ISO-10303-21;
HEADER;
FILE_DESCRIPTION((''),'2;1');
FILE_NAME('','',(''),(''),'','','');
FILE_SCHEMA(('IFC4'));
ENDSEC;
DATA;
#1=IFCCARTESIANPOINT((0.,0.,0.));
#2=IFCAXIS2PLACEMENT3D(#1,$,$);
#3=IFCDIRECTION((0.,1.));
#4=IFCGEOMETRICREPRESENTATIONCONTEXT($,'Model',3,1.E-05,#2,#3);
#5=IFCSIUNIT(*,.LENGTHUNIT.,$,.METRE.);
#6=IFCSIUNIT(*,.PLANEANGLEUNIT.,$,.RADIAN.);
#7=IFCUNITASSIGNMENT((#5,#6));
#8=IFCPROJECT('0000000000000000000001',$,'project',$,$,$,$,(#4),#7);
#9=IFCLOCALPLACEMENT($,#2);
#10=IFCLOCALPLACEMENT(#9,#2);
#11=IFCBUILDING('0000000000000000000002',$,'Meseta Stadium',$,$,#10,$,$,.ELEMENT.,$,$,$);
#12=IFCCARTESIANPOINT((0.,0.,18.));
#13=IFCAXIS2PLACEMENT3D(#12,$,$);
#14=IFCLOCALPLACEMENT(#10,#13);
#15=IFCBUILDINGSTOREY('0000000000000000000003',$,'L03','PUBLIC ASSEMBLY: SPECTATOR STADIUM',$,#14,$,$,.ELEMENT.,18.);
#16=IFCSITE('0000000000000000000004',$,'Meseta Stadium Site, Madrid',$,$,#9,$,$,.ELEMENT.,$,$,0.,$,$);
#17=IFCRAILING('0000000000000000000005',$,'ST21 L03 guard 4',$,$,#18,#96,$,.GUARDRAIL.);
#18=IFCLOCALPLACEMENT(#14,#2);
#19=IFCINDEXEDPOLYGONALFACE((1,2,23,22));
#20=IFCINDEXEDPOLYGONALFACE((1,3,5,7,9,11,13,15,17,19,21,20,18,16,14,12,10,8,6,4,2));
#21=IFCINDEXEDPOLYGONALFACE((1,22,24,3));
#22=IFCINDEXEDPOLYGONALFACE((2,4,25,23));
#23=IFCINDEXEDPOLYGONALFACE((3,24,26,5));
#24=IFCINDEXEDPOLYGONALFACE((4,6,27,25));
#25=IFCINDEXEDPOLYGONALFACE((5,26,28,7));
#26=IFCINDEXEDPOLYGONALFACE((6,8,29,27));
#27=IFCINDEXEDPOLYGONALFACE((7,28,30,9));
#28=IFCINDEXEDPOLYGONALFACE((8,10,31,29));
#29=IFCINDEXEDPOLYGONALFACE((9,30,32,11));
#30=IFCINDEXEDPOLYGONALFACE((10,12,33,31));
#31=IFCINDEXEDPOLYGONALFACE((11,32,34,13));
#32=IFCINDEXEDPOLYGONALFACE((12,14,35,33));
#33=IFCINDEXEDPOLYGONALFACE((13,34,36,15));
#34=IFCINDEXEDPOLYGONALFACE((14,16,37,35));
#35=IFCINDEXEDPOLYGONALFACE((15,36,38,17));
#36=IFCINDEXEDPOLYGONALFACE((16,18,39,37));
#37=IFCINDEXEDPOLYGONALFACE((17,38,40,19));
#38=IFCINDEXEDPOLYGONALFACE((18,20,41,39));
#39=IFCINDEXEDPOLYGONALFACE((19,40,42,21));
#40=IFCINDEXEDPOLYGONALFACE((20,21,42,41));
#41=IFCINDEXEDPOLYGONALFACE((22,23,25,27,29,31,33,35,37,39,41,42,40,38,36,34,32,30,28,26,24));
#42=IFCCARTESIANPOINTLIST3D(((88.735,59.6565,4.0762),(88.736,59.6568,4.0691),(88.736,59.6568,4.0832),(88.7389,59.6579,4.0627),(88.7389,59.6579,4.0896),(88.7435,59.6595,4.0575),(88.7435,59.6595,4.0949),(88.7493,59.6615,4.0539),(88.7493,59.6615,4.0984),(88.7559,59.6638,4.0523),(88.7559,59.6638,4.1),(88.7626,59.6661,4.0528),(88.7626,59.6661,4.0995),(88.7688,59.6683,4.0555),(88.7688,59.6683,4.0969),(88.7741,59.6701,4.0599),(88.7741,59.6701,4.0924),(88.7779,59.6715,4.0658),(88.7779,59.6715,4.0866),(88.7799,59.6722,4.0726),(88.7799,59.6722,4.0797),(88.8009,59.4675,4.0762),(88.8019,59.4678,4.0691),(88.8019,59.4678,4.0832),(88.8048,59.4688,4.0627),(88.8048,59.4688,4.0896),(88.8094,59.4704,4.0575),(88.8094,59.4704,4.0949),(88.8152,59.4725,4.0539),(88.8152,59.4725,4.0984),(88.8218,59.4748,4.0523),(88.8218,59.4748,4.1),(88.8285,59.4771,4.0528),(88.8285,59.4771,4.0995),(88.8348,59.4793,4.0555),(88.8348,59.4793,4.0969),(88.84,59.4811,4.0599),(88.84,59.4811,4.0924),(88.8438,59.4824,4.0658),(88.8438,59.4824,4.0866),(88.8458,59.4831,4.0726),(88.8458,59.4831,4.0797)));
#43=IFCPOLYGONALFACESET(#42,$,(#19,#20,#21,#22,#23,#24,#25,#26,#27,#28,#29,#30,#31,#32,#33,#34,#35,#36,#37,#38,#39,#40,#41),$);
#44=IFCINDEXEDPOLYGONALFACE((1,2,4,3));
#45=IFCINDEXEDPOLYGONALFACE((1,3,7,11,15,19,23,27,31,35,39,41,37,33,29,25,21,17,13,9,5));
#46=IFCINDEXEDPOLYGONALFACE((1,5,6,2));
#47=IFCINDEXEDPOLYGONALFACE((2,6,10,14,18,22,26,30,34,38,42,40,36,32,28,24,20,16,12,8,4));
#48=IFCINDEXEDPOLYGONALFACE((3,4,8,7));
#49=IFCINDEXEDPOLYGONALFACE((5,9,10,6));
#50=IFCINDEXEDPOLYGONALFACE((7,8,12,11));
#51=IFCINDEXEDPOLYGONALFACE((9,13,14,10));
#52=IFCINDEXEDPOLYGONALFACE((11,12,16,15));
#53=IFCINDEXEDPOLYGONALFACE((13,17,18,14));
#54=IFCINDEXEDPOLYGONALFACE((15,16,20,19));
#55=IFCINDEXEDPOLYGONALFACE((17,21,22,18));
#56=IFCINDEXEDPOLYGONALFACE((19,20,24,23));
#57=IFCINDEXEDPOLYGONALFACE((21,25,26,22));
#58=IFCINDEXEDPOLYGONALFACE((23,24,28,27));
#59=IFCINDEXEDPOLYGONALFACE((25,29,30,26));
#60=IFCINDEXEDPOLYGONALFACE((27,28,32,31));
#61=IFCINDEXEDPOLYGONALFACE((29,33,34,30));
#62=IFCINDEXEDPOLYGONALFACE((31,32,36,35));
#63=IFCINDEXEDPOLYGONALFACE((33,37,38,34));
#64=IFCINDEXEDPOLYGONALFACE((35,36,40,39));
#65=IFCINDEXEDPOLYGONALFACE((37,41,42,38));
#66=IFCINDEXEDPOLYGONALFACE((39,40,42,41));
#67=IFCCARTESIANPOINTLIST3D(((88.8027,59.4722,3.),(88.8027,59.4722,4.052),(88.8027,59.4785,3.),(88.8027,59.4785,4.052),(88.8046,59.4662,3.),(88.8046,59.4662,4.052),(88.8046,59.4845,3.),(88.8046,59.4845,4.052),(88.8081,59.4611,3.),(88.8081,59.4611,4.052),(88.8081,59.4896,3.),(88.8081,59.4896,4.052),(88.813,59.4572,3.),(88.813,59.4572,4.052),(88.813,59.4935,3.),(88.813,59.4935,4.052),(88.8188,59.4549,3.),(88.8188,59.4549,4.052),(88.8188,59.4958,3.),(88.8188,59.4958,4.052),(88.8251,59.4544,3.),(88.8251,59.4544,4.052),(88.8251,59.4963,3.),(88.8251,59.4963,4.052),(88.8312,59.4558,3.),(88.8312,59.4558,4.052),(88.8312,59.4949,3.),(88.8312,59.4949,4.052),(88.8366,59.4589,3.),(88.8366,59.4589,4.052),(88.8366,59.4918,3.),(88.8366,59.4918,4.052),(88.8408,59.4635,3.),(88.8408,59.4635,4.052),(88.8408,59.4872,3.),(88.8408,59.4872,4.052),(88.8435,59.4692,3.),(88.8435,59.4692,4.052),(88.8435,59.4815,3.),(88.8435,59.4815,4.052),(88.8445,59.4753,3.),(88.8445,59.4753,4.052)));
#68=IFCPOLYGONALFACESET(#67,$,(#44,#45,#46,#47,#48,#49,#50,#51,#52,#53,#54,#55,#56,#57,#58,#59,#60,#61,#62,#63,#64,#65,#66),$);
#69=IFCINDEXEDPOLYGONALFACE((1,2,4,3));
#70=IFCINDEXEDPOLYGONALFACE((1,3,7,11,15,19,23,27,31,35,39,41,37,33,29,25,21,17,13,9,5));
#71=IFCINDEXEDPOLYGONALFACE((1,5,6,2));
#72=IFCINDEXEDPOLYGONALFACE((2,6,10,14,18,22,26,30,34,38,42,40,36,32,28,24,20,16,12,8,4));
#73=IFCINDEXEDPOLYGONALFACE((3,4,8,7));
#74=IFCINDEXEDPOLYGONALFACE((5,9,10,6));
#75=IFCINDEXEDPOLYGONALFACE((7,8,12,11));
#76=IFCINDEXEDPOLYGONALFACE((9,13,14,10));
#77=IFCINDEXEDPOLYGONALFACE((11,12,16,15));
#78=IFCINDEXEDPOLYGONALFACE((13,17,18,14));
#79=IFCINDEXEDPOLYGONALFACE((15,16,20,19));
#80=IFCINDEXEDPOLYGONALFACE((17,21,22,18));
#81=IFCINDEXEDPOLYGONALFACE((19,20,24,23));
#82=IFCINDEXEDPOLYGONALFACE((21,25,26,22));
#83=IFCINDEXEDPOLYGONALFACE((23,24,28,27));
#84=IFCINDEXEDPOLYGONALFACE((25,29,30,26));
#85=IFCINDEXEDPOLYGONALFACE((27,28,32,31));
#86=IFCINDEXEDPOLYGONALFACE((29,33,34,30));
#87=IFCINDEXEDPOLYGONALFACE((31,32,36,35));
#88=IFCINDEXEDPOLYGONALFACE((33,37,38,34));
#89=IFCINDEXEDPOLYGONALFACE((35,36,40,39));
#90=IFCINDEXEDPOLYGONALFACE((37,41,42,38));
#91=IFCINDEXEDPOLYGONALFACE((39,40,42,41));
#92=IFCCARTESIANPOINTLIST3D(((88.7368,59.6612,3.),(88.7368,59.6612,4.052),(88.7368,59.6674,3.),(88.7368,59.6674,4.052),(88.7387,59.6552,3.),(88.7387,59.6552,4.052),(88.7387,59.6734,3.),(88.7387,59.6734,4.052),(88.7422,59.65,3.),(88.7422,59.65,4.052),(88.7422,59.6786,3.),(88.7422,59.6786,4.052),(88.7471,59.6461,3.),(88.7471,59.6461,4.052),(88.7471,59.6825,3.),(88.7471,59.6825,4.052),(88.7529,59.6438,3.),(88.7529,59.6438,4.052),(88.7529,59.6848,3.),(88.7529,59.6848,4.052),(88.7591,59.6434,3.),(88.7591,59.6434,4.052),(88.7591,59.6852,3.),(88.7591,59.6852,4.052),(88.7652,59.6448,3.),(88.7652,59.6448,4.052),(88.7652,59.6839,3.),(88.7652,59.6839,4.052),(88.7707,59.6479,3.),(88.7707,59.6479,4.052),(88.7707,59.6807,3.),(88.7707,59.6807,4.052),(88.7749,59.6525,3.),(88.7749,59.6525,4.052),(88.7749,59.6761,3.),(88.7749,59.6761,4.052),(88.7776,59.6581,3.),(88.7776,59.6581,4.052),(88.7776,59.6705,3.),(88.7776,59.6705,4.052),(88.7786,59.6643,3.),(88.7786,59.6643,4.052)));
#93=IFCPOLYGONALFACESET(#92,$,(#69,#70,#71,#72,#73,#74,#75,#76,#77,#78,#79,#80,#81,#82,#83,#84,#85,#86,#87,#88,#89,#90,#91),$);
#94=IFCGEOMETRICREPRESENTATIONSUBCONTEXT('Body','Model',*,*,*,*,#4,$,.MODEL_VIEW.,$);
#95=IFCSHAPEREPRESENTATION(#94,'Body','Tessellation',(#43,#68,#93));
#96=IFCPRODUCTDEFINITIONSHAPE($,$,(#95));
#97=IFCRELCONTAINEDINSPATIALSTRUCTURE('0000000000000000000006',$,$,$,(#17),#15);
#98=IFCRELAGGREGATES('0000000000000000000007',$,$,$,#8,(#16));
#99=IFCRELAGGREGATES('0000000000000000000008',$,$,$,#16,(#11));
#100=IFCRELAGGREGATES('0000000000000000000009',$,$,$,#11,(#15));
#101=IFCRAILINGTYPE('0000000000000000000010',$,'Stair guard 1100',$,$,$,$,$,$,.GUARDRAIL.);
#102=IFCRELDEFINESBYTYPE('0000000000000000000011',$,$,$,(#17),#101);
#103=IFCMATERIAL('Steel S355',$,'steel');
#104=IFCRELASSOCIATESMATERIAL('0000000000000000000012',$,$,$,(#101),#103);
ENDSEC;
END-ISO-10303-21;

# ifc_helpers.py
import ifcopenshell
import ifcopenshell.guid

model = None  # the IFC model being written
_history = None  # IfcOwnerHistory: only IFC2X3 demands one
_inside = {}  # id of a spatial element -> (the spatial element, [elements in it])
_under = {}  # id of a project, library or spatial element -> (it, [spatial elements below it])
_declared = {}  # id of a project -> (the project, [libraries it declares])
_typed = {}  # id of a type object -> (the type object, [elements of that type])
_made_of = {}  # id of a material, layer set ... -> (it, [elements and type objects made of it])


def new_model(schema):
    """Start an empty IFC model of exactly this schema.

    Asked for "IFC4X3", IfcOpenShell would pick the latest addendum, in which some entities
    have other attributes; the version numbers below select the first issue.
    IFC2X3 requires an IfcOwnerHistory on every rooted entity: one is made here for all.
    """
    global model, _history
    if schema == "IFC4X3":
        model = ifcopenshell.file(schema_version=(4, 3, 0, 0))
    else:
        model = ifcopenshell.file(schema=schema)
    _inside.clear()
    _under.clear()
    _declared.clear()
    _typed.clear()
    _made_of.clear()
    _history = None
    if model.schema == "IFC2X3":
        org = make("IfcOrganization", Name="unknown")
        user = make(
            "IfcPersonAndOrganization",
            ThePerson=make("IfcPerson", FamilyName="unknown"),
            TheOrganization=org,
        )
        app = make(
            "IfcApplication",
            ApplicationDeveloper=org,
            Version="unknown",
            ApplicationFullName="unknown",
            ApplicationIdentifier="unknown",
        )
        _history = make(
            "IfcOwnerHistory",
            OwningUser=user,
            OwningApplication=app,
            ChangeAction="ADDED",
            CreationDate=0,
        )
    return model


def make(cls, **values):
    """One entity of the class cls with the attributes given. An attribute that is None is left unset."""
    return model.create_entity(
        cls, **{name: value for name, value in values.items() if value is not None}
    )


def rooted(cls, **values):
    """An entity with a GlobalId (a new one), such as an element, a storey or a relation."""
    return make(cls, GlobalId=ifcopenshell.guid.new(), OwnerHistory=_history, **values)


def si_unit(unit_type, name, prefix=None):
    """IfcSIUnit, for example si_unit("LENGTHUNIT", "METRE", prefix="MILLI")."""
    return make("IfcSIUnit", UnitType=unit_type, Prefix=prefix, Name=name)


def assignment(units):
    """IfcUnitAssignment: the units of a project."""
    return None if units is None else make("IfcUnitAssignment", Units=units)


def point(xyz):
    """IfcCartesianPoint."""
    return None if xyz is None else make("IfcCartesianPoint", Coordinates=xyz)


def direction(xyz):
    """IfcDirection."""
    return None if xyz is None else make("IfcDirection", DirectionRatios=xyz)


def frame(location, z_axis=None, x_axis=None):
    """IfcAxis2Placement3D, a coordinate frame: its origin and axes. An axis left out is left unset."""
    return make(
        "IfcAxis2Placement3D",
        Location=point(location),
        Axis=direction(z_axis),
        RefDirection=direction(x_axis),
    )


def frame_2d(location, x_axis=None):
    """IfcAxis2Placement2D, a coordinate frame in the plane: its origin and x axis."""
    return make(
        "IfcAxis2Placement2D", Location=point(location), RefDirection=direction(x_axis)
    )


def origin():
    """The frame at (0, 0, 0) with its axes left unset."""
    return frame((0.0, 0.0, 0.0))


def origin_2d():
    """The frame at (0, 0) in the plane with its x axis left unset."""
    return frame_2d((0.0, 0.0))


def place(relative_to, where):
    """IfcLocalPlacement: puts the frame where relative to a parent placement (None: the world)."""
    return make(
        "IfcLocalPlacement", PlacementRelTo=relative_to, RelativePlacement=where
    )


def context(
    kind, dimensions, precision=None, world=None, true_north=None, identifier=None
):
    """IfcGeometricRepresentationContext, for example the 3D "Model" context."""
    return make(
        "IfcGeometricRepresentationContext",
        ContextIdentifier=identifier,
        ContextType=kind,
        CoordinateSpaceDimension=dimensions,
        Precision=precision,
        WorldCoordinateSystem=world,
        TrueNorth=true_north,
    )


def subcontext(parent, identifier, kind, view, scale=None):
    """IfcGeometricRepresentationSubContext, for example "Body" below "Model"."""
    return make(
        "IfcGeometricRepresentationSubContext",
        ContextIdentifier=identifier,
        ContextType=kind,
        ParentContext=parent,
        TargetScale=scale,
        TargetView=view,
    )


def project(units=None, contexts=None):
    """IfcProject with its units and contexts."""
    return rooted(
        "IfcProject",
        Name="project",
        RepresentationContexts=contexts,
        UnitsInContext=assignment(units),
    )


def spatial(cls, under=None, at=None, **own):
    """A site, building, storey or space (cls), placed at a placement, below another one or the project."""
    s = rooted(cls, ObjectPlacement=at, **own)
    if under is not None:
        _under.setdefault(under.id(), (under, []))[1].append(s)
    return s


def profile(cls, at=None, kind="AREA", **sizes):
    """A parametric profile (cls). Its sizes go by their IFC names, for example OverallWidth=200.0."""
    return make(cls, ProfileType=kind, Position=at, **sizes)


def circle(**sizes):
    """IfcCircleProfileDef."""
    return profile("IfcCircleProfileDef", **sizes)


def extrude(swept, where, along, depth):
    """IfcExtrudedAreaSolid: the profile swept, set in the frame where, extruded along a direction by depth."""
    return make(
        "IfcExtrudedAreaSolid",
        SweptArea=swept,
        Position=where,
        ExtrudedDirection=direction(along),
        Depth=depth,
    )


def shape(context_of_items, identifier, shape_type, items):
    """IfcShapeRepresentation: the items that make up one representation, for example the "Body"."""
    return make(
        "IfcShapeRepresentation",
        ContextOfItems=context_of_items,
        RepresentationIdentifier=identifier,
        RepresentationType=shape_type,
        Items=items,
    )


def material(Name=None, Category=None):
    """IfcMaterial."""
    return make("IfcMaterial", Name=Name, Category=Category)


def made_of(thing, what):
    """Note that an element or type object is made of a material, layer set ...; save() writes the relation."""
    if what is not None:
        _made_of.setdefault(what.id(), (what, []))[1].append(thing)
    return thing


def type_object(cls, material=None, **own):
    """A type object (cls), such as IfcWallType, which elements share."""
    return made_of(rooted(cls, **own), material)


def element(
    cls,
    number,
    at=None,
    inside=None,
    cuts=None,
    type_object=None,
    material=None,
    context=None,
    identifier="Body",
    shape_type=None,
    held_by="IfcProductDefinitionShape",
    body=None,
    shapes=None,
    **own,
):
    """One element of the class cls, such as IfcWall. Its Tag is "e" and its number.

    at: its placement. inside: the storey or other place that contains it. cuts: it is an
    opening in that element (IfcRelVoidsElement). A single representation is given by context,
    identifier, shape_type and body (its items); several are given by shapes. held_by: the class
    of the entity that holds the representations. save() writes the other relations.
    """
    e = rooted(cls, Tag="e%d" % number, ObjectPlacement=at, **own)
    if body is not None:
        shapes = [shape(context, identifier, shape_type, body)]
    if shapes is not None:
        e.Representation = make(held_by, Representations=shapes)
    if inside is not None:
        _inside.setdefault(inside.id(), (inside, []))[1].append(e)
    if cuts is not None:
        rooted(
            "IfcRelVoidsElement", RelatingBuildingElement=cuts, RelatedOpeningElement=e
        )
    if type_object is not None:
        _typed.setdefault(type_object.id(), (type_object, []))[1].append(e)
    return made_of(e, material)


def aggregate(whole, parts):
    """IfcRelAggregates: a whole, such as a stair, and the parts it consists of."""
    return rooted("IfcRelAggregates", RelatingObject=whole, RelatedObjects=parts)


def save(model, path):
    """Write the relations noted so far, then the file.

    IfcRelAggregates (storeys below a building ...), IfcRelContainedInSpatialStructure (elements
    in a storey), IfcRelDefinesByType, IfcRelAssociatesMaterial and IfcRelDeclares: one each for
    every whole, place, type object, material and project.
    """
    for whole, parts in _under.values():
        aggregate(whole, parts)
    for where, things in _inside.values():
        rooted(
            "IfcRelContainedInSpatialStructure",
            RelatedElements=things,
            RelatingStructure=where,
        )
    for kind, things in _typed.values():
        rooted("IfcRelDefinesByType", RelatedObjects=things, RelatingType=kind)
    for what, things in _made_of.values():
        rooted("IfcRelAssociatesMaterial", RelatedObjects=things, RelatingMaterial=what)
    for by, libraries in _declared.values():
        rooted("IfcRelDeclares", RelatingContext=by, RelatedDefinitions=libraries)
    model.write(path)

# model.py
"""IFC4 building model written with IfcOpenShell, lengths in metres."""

from ifc_helpers import new_model, si_unit, direction, frame, origin, origin_2d, place, context, subcontext, project, spatial, circle, extrude, material, type_object, element, save


model = new_model("IFC4")

# Units and contexts
model_context = context("Model", 3, precision=1e-05, world=origin(), true_north=direction((0.0, 1.0)))
body_context = subcontext(model_context, "Body", "Model", "MODEL_VIEW")
ifc_project = project(units=[si_unit("LENGTHUNIT", "METRE"), si_unit("PLANEANGLEUNIT", "RADIAN")], contexts=[model_context])

# Site, building, storey
site_placement = place(None, origin())
site = spatial("IfcSite", under=ifc_project, at=site_placement, Name="Meseta Stadium Site, Madrid", CompositionType="ELEMENT", RefElevation=0.0)
building_placement = place(site_placement, origin())
building = spatial("IfcBuilding", under=site, at=building_placement, Name="Meseta Stadium", CompositionType="ELEMENT")
storey_placement = place(building_placement, frame((0.0, 0.0, 18.0)))
storey = spatial("IfcBuildingStorey", under=building, at=storey_placement, Name="L03", Description="PUBLIC ASSEMBLY: SPECTATOR STADIUM", CompositionType="ELEMENT", Elevation=18.0)

# Railing
ifc_material_1 = material(Name="Steel S355", Category="steel")
railing_type_1 = type_object("IfcRailingType", Name="Stair guard 1100", PredefinedType="GUARDRAIL", material=ifc_material_1)
railing_1_placement = place(storey_placement, frame((88.8235, 59.4753, 3.0)))
element("IfcRailing", 1, at=railing_1_placement, inside=storey, type_object=railing_type_1, Name="ST21 L03 guard 4", PredefinedType="GUARDRAIL", context=body_context, shape_type="SweptSolid", body=[
    extrude(circle(Radius=0.0239, at=origin_2d()), frame((0.0, 0.0, 1.0762), z_axis=(-0.329372, 0.9442, 0.0), x_axis=(-0.9442, -0.329372, 0.0)), (0.0, 0.0, 1.0), 0.2002),
    extrude(circle(Radius=0.021, at=origin_2d()), origin(), (0.0, 0.0, 1.0), 1.052),
    extrude(circle(Radius=0.021, at=origin_2d()), frame((-0.0659, 0.189, 0.0)), (0.0, 0.0, 1.0), 1.052),
])

save(model, "model.ifc")
